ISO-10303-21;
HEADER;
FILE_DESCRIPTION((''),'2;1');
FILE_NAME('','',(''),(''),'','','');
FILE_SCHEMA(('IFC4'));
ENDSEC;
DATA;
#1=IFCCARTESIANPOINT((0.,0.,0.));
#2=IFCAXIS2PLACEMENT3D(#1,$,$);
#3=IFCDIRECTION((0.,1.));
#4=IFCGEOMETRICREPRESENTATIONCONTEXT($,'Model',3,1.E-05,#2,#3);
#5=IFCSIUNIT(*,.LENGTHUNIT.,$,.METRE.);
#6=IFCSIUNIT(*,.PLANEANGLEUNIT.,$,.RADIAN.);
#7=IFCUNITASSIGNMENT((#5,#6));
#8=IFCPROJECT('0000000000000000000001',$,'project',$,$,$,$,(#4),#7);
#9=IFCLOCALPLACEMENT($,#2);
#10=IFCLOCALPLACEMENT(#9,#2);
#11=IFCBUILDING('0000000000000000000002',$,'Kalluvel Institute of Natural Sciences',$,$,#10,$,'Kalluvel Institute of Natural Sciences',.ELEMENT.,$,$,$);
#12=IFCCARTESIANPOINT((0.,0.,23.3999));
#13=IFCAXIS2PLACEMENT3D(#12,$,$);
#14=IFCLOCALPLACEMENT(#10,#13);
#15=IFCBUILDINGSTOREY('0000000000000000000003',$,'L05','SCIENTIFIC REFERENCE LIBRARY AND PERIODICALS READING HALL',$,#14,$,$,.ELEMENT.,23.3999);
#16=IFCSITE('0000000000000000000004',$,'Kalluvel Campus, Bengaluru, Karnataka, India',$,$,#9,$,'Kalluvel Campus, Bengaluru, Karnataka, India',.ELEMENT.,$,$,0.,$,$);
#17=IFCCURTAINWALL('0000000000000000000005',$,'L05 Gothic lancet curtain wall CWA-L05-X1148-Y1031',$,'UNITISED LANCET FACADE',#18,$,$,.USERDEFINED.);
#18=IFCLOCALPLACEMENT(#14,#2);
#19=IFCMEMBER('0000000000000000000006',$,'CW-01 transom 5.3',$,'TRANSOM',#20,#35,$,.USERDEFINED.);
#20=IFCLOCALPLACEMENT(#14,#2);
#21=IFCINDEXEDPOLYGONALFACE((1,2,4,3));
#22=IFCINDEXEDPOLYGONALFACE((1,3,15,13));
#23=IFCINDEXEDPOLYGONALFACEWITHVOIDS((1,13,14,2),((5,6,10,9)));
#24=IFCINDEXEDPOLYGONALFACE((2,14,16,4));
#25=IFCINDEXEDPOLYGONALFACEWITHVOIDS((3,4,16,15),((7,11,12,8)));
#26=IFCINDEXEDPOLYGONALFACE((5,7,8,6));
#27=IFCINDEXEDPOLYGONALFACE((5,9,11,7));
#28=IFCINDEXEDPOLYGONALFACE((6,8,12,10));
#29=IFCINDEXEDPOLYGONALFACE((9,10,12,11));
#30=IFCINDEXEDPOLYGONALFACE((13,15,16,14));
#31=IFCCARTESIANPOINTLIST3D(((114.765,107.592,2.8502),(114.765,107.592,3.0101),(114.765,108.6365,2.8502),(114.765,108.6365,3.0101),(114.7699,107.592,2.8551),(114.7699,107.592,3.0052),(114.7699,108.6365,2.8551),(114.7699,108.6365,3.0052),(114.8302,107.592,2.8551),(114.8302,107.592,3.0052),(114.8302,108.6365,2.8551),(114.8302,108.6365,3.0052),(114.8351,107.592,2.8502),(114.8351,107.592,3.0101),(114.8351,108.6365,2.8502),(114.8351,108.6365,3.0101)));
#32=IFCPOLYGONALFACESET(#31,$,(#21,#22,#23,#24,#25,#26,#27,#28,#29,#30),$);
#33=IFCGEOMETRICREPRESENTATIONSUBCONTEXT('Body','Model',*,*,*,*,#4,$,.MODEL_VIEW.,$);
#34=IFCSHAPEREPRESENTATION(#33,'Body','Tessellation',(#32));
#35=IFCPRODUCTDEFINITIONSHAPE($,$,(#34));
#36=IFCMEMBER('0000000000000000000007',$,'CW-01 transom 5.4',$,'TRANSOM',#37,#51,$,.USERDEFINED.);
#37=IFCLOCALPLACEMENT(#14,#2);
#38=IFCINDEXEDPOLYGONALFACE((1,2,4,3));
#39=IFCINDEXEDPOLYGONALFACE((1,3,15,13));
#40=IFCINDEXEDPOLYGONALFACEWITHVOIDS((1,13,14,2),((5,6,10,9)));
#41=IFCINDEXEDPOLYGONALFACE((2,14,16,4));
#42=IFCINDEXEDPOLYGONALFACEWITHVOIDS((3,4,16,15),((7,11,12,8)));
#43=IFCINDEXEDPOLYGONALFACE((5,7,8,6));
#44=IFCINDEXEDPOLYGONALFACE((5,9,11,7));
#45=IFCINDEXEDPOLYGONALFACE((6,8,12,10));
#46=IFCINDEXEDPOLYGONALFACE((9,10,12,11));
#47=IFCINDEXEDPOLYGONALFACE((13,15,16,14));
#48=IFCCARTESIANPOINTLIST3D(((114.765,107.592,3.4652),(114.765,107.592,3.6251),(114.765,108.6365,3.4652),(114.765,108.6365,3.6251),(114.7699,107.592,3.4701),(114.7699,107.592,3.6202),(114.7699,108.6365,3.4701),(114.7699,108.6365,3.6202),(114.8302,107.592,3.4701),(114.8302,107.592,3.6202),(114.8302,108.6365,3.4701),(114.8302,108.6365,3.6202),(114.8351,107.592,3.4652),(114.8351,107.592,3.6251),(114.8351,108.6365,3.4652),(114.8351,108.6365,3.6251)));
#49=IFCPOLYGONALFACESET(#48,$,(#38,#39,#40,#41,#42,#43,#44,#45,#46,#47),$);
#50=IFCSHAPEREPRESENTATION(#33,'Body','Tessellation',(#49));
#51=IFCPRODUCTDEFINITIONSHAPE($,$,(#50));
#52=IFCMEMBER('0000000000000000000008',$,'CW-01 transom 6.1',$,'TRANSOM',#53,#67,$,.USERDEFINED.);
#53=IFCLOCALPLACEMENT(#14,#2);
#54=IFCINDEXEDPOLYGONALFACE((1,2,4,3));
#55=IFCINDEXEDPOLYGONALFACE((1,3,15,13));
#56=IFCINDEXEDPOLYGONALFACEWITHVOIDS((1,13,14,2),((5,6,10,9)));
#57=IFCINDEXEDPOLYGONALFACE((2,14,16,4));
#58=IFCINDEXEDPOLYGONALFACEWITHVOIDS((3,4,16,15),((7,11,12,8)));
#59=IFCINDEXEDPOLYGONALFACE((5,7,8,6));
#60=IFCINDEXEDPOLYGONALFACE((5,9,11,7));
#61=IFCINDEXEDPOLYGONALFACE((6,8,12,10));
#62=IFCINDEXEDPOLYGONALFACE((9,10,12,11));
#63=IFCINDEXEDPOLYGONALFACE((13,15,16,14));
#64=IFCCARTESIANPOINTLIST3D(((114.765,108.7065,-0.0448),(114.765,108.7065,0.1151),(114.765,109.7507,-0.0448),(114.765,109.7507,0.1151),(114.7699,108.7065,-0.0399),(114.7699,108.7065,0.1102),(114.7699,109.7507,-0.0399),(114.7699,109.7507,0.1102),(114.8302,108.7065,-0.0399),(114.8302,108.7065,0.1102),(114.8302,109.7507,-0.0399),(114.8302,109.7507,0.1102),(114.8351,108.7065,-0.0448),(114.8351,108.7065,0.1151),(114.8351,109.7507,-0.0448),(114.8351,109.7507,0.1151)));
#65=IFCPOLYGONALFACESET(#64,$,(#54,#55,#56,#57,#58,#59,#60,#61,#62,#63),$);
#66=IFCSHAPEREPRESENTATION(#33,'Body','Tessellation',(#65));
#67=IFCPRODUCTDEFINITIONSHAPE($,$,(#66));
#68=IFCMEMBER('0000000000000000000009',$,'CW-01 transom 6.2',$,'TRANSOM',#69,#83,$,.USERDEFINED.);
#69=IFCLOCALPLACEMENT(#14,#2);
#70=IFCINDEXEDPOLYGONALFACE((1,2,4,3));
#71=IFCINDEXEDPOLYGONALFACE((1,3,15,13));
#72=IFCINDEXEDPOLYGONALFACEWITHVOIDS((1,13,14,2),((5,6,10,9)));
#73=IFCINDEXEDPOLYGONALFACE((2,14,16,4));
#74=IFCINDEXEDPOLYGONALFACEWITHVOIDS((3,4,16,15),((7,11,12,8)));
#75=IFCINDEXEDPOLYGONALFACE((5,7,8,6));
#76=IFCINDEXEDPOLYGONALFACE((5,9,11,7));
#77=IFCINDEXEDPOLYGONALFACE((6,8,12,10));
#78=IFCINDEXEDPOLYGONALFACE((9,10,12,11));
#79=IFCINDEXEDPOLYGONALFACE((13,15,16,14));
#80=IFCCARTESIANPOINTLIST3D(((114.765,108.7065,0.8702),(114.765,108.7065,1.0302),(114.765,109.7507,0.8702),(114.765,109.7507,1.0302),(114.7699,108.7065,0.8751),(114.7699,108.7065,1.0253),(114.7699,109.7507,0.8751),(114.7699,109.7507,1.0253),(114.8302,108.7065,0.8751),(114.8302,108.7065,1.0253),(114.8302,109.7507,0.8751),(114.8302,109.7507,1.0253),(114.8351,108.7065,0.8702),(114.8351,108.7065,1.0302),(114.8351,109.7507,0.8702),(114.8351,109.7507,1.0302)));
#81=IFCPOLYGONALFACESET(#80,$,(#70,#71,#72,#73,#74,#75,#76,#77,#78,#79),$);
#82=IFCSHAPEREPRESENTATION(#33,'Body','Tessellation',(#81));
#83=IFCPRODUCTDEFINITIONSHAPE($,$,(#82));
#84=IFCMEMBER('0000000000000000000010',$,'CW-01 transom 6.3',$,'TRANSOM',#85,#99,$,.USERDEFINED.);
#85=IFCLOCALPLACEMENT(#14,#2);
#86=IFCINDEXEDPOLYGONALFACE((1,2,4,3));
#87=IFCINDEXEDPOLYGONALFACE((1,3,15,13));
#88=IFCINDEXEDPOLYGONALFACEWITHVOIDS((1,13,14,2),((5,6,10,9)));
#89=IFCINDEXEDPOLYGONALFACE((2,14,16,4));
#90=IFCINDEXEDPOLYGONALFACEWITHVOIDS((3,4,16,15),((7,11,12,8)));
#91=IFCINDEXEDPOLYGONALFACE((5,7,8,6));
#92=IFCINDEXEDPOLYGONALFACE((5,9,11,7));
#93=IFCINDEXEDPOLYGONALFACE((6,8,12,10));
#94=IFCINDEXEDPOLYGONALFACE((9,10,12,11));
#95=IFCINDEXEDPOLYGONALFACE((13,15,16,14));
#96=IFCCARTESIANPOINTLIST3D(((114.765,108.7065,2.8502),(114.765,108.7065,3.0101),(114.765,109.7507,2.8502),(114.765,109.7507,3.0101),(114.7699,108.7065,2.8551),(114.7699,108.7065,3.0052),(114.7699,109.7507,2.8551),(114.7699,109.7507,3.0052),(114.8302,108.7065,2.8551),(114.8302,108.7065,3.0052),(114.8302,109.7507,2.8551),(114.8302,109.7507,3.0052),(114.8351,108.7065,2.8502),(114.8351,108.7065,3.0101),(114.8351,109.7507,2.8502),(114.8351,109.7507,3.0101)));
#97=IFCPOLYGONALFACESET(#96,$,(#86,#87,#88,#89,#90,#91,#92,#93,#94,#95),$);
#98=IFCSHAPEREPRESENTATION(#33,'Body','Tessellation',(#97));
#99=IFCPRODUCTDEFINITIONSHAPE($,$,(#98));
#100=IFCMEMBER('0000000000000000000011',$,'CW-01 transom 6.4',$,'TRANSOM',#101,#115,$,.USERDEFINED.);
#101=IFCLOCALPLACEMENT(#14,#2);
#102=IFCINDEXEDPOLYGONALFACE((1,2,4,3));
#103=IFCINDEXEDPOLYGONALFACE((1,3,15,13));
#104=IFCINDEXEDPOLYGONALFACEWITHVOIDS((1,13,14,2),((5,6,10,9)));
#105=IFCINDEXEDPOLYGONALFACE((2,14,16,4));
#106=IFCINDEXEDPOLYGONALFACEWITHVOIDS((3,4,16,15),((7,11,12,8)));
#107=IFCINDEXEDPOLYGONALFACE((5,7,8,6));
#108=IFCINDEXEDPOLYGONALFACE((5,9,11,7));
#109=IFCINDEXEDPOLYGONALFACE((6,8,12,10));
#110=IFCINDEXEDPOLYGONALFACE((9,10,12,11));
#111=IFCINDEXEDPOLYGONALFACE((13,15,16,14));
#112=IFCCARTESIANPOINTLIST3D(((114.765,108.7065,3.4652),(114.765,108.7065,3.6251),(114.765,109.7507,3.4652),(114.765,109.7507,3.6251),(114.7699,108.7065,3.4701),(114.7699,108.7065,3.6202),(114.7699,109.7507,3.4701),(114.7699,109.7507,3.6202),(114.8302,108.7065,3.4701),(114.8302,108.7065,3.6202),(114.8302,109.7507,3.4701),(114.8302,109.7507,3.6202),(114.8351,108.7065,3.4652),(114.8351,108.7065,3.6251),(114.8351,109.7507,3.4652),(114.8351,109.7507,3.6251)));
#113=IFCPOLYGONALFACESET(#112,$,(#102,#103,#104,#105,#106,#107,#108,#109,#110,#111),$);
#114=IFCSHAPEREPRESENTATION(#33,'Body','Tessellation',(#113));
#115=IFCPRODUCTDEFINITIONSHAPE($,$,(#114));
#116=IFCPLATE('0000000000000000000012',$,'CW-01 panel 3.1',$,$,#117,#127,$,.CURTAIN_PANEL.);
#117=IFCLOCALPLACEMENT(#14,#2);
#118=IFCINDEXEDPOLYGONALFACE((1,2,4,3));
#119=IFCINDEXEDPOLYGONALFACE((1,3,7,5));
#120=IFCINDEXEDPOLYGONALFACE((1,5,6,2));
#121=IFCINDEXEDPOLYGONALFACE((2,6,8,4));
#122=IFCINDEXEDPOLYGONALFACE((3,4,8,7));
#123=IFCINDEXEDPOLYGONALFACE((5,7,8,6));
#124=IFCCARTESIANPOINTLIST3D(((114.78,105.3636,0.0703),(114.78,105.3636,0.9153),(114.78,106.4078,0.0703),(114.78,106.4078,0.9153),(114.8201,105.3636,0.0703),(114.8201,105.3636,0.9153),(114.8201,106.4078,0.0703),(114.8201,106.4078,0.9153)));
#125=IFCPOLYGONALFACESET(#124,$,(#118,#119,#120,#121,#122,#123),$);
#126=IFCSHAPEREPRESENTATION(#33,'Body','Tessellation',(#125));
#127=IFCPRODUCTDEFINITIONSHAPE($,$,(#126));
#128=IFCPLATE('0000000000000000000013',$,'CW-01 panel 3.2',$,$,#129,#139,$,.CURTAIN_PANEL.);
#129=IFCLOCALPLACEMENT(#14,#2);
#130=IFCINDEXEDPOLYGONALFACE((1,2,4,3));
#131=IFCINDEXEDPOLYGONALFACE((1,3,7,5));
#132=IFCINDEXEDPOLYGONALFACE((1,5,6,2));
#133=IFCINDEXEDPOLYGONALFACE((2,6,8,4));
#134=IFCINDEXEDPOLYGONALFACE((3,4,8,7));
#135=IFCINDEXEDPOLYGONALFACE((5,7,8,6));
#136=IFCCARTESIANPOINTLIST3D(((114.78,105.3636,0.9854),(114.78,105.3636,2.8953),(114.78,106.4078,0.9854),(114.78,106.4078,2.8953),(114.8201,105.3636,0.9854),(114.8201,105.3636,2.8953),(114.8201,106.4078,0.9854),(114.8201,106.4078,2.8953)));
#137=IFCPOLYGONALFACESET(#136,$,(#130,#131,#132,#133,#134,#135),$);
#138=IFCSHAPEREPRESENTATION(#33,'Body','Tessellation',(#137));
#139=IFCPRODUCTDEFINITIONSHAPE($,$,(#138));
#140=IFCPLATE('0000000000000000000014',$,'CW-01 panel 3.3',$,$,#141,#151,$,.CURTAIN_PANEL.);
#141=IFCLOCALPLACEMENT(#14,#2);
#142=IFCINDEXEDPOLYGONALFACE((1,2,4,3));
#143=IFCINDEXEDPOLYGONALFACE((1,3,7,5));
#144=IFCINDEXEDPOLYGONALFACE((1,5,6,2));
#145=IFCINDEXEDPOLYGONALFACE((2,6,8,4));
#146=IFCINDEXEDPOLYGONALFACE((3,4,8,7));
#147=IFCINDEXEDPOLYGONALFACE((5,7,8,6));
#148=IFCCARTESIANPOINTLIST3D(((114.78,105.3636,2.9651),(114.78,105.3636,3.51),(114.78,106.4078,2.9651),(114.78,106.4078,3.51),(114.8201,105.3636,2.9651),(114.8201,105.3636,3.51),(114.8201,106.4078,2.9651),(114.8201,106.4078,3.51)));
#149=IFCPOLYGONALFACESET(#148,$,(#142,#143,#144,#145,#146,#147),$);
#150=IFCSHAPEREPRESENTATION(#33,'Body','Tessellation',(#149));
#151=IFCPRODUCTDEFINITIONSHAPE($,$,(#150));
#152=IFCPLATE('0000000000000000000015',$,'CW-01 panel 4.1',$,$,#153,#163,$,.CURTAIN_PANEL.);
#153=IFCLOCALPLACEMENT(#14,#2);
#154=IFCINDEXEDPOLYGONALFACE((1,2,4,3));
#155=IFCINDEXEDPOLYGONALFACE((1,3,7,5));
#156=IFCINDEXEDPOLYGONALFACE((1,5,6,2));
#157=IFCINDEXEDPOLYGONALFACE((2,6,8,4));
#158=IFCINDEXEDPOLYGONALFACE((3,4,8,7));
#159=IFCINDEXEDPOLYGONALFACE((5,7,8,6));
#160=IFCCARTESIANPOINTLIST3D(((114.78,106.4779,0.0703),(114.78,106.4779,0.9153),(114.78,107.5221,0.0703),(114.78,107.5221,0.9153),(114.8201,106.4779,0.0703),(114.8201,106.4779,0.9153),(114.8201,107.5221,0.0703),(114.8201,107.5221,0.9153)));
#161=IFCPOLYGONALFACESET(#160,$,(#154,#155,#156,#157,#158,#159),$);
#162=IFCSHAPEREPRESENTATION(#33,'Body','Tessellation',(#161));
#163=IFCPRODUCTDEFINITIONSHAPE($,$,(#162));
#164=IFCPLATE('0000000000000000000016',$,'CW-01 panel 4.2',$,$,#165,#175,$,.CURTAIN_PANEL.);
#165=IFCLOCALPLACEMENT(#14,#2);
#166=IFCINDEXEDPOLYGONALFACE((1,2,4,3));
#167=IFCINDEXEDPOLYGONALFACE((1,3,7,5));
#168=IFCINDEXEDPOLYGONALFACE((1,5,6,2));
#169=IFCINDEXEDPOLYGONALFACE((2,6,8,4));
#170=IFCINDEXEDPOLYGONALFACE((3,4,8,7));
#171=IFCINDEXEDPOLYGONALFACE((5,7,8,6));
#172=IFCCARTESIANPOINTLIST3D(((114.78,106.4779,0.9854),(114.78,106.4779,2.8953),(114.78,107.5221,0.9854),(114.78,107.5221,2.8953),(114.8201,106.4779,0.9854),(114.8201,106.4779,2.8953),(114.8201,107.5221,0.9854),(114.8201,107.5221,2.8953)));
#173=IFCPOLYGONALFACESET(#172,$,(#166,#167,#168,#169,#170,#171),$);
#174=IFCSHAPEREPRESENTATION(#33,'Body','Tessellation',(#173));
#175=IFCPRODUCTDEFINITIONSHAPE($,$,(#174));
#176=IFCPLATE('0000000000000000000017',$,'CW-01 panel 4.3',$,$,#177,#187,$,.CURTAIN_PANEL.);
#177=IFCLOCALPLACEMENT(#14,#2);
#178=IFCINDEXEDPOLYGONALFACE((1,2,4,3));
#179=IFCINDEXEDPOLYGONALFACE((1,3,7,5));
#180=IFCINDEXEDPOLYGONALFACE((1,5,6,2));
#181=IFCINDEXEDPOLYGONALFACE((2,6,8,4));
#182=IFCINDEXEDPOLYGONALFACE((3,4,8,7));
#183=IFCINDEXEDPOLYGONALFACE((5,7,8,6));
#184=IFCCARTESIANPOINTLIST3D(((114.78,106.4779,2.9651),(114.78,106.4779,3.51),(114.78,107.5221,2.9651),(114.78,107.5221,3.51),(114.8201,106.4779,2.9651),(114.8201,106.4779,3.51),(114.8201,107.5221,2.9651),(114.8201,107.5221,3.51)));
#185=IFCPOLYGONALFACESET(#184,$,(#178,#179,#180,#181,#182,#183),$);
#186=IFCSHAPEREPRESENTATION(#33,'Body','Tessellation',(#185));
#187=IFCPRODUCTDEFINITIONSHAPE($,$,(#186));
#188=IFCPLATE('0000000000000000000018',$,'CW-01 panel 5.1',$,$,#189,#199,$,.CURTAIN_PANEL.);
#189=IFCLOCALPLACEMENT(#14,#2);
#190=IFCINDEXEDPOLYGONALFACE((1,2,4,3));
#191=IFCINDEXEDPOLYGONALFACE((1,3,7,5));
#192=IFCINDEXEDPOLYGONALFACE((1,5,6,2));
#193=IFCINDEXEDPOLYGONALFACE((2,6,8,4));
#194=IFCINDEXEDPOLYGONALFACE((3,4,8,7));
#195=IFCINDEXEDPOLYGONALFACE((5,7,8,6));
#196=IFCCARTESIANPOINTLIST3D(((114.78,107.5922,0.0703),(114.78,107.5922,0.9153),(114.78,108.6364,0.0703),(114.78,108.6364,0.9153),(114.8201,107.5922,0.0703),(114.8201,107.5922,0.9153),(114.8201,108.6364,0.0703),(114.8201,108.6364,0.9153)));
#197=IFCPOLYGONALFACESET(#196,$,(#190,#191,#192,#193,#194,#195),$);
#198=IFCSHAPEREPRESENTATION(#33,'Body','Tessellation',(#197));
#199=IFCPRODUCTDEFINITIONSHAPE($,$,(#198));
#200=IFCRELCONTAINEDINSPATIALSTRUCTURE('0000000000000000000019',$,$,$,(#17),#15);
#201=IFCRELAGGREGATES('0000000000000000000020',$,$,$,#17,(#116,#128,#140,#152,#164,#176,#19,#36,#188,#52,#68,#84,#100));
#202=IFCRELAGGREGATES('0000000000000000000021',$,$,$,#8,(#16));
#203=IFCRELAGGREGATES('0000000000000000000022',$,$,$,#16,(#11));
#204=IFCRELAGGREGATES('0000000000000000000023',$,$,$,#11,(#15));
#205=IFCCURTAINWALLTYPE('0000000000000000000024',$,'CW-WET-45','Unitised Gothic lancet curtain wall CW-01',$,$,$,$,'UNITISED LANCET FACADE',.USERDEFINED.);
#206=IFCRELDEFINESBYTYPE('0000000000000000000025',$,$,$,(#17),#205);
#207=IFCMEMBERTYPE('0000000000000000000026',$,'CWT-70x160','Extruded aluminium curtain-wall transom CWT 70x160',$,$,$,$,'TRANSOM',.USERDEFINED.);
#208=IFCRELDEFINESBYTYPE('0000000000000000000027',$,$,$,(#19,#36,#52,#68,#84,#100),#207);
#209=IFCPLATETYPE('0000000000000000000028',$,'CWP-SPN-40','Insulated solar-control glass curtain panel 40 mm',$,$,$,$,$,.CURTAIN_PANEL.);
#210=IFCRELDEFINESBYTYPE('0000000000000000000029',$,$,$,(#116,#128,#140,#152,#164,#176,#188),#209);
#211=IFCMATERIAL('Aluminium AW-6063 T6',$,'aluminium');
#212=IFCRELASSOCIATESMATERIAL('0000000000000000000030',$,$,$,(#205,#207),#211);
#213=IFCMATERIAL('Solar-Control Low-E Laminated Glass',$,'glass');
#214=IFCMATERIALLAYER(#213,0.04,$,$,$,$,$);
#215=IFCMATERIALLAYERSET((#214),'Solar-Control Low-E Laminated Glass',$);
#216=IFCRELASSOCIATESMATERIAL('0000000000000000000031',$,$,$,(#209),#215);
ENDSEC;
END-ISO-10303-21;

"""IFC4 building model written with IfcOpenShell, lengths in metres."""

from ifc_helpers import new_model, si_unit, direction, frame, origin, origin_2d, place, context, subcontext, project, spatial, rectangle, hollow_rectangle, extrude, material, layer, layer_set, material_profile, profile_set, type_object, element, aggregate, save


model = new_model("IFC4")

# Units and contexts
model_context = context("Model", 3, precision=1e-05, world=origin(), true_north=direction((0.0, 1.0)))
body_context = subcontext(model_context, "Body", "Model", "MODEL_VIEW")
ifc_project = project(units=[si_unit("LENGTHUNIT", "METRE"), si_unit("PLANEANGLEUNIT", "RADIAN")], contexts=[model_context])

# Site, building, storey
site_placement = place(None, origin())
site = spatial("IfcSite", under=ifc_project, at=site_placement, Name="Kalluvel Campus, Bengaluru, Karnataka, India", LongName="Kalluvel Campus, Bengaluru, Karnataka, India", CompositionType="ELEMENT", RefElevation=0.0)
building_placement = place(site_placement, origin())
building = spatial("IfcBuilding", under=site, at=building_placement, Name="Kalluvel Institute of Natural Sciences", LongName="Kalluvel Institute of Natural Sciences", CompositionType="ELEMENT")
storey_placement = place(building_placement, frame((0.0, 0.0, 23.3999)))
storey = spatial("IfcBuildingStorey", under=building, at=storey_placement, Name="L05", Description="SCIENTIFIC REFERENCE LIBRARY AND PERIODICALS READING HALL", CompositionType="ELEMENT", Elevation=23.3999)

# Curtain wall, members, plates
ifc_material_1 = material(Name="Aluminium AW-6063 T6", Category="aluminium")
curtain_wall_type = type_object("IfcCurtainWallType", Name="CW-WET-45", Description="Unitised Gothic lancet curtain wall CW-01", ElementType="UNITISED LANCET FACADE", PredefinedType="USERDEFINED", material=ifc_material_1)
curtain_wall_placement = place(storey_placement, origin())
curtain_wall = element("IfcCurtainWall", 1, at=curtain_wall_placement, inside=storey, type_object=curtain_wall_type, Name="L05 Gothic lancet curtain wall CWA-L05-X1148-Y1031", ObjectType="UNITISED LANCET FACADE", PredefinedType="USERDEFINED")
ifc_material_profile_1 = material_profile(ifc_material_1, hollow_rectangle(XDim=0.0701, YDim=0.1599, WallThickness=0.0049, at=origin_2d()), Name="CWT 70x160")
ifc_profile_set_1 = profile_set([ifc_material_profile_1], Name="Aluminium AW-6063 T6")
member_type_1 = type_object("IfcMemberType", Name="CWT-70x160", Description="Extruded aluminium curtain-wall transom CWT 70x160", ElementType="TRANSOM", PredefinedType="USERDEFINED", material=ifc_profile_set_1)
member_1_placement = place(storey_placement, frame((114.8, 107.592, 2.9302), z_axis=(0.0, 1.0, 0.0), x_axis=(-1.0, 0.0, 0.0)))
member_1 = element("IfcMember", 2, at=member_1_placement, type_object=member_type_1, Name="CW-01 transom 5.3", ObjectType="TRANSOM", PredefinedType="USERDEFINED", context=body_context, shape_type="SweptSolid", body=[
    extrude(hollow_rectangle(XDim=0.0701, YDim=0.1599, WallThickness=0.0049, at=origin_2d()), origin(), (0.0, 0.0, 1.0), 1.0444),
])
member_2_placement = place(storey_placement, frame((114.8, 107.592, 3.5452), z_axis=(0.0, 1.0, 0.0), x_axis=(-1.0, 0.0, 0.0)))
member_2 = element("IfcMember", 3, at=member_2_placement, type_object=member_type_1, Name="CW-01 transom 5.4", ObjectType="TRANSOM", PredefinedType="USERDEFINED", context=body_context, shape_type="SweptSolid", body=[
    extrude(hollow_rectangle(XDim=0.0701, YDim=0.1599, WallThickness=0.0049, at=origin_2d()), origin(), (0.0, 0.0, 1.0), 1.0444),
])
member_3_placement = place(storey_placement, frame((114.8, 108.7065, 0.0352), z_axis=(0.0, 1.0, 0.0), x_axis=(-1.0, 0.0, 0.0)))
member_3 = element("IfcMember", 4, at=member_3_placement, type_object=member_type_1, Name="CW-01 transom 6.1", ObjectType="TRANSOM", PredefinedType="USERDEFINED", context=body_context, shape_type="SweptSolid", body=[
    extrude(hollow_rectangle(XDim=0.0701, YDim=0.1599, WallThickness=0.0049, at=origin_2d()), origin(), (0.0, 0.0, 1.0), 1.0442),
])
member_4_placement = place(storey_placement, frame((114.8, 108.7065, 0.9502), z_axis=(0.0, 1.0, 0.0), x_axis=(-1.0, 0.0, 0.0)))
member_4 = element("IfcMember", 5, at=member_4_placement, type_object=member_type_1, Name="CW-01 transom 6.2", ObjectType="TRANSOM", PredefinedType="USERDEFINED", context=body_context, shape_type="SweptSolid", body=[
    extrude(hollow_rectangle(XDim=0.0701, YDim=0.1599, WallThickness=0.0049, at=origin_2d()), origin(), (0.0, 0.0, 1.0), 1.0442),
])
member_5_placement = place(storey_placement, frame((114.8, 108.7065, 2.9302), z_axis=(0.0, 1.0, 0.0), x_axis=(-1.0, 0.0, 0.0)))
member_5 = element("IfcMember", 6, at=member_5_placement, type_object=member_type_1, Name="CW-01 transom 6.3", ObjectType="TRANSOM", PredefinedType="USERDEFINED", context=body_context, shape_type="SweptSolid", body=[
    extrude(hollow_rectangle(XDim=0.0701, YDim=0.1599, WallThickness=0.0049, at=origin_2d()), origin(), (0.0, 0.0, 1.0), 1.0442),
])
member_6_placement = place(storey_placement, frame((114.8, 108.7065, 3.5452), z_axis=(0.0, 1.0, 0.0), x_axis=(-1.0, 0.0, 0.0)))
member_6 = element("IfcMember", 7, at=member_6_placement, type_object=member_type_1, Name="CW-01 transom 6.4", ObjectType="TRANSOM", PredefinedType="USERDEFINED", context=body_context, shape_type="SweptSolid", body=[
    extrude(hollow_rectangle(XDim=0.0701, YDim=0.1599, WallThickness=0.0049, at=origin_2d()), origin(), (0.0, 0.0, 1.0), 1.0442),
])
ifc_material_2 = material(Name="Solar-Control Low-E Laminated Glass", Category="glass")
ifc_layer = layer(ifc_material_2, 0.04)
ifc_layer_set = layer_set([ifc_layer], Name="Solar-Control Low-E Laminated Glass")
plate_type = type_object("IfcPlateType", Name="CWP-SPN-40", Description="Insulated solar-control glass curtain panel 40 mm", PredefinedType="CURTAIN_PANEL", material=ifc_layer_set)
plate_1_placement = place(storey_placement, frame((114.8, 105.8857, 0.0703), z_axis=(0.0, 0.0, 1.0), x_axis=(0.0, 1.0, 0.0)))
plate_1 = element("IfcPlate", 8, at=plate_1_placement, type_object=plate_type, Name="CW-01 panel 3.1", PredefinedType="CURTAIN_PANEL", context=body_context, shape_type="SweptSolid", body=[
    extrude(rectangle(XDim=1.0442, YDim=0.04, at=origin_2d()), origin(), (0.0, 0.0, 1.0), 0.845),
])
plate_2_placement = place(storey_placement, frame((114.8, 105.8857, 0.9854), z_axis=(0.0, 0.0, 1.0), x_axis=(0.0, 1.0, 0.0)))
plate_2 = element("IfcPlate", 9, at=plate_2_placement, type_object=plate_type, Name="CW-01 panel 3.2", PredefinedType="CURTAIN_PANEL", context=body_context, shape_type="SweptSolid", body=[
    extrude(rectangle(XDim=1.0442, YDim=0.04, at=origin_2d()), origin(), (0.0, 0.0, 1.0), 1.9099),
])
plate_3_placement = place(storey_placement, frame((114.8, 105.8857, 2.9651), z_axis=(0.0, 0.0, 1.0), x_axis=(0.0, 1.0, 0.0)))
plate_3 = element("IfcPlate", 10, at=plate_3_placement, type_object=plate_type, Name="CW-01 panel 3.3", PredefinedType="CURTAIN_PANEL", context=body_context, shape_type="SweptSolid", body=[
    extrude(rectangle(XDim=1.0442, YDim=0.04, at=origin_2d()), origin(), (0.0, 0.0, 1.0), 0.5449),
])
plate_4_placement = place(storey_placement, frame((114.8, 107.0, 0.0703), z_axis=(0.0, 0.0, 1.0), x_axis=(0.0, 1.0, 0.0)))
plate_4 = element("IfcPlate", 11, at=plate_4_placement, type_object=plate_type, Name="CW-01 panel 4.1", PredefinedType="CURTAIN_PANEL", context=body_context, shape_type="SweptSolid", body=[
    extrude(rectangle(XDim=1.0442, YDim=0.04, at=origin_2d()), origin(), (0.0, 0.0, 1.0), 0.845),
])
plate_5_placement = place(storey_placement, frame((114.8, 107.0, 0.9854), z_axis=(0.0, 0.0, 1.0), x_axis=(0.0, 1.0, 0.0)))
plate_5 = element("IfcPlate", 12, at=plate_5_placement, type_object=plate_type, Name="CW-01 panel 4.2", PredefinedType="CURTAIN_PANEL", context=body_context, shape_type="SweptSolid", body=[
    extrude(rectangle(XDim=1.0442, YDim=0.04, at=origin_2d()), origin(), (0.0, 0.0, 1.0), 1.9099),
])
plate_6_placement = place(storey_placement, frame((114.8, 107.0, 2.9651), z_axis=(0.0, 0.0, 1.0), x_axis=(0.0, 1.0, 0.0)))
plate_6 = element("IfcPlate", 13, at=plate_6_placement, type_object=plate_type, Name="CW-01 panel 4.3", PredefinedType="CURTAIN_PANEL", context=body_context, shape_type="SweptSolid", body=[
    extrude(rectangle(XDim=1.0442, YDim=0.04, at=origin_2d()), origin(), (0.0, 0.0, 1.0), 0.5449),
])
plate_7_placement = place(storey_placement, frame((114.8, 108.1143, 0.0703), z_axis=(0.0, 0.0, 1.0), x_axis=(0.0, 1.0, 0.0)))
plate_7 = element("IfcPlate", 14, at=plate_7_placement, type_object=plate_type, Name="CW-01 panel 5.1", PredefinedType="CURTAIN_PANEL", context=body_context, shape_type="SweptSolid", body=[
    extrude(rectangle(XDim=1.0442, YDim=0.04, at=origin_2d()), origin(), (0.0, 0.0, 1.0), 0.845),
])
aggregate(curtain_wall, [plate_1, plate_2, plate_3, plate_4, plate_5, plate_6, member_1, member_2, plate_7, member_3, member_4, member_5, member_6])

save(model, "model.ifc")
